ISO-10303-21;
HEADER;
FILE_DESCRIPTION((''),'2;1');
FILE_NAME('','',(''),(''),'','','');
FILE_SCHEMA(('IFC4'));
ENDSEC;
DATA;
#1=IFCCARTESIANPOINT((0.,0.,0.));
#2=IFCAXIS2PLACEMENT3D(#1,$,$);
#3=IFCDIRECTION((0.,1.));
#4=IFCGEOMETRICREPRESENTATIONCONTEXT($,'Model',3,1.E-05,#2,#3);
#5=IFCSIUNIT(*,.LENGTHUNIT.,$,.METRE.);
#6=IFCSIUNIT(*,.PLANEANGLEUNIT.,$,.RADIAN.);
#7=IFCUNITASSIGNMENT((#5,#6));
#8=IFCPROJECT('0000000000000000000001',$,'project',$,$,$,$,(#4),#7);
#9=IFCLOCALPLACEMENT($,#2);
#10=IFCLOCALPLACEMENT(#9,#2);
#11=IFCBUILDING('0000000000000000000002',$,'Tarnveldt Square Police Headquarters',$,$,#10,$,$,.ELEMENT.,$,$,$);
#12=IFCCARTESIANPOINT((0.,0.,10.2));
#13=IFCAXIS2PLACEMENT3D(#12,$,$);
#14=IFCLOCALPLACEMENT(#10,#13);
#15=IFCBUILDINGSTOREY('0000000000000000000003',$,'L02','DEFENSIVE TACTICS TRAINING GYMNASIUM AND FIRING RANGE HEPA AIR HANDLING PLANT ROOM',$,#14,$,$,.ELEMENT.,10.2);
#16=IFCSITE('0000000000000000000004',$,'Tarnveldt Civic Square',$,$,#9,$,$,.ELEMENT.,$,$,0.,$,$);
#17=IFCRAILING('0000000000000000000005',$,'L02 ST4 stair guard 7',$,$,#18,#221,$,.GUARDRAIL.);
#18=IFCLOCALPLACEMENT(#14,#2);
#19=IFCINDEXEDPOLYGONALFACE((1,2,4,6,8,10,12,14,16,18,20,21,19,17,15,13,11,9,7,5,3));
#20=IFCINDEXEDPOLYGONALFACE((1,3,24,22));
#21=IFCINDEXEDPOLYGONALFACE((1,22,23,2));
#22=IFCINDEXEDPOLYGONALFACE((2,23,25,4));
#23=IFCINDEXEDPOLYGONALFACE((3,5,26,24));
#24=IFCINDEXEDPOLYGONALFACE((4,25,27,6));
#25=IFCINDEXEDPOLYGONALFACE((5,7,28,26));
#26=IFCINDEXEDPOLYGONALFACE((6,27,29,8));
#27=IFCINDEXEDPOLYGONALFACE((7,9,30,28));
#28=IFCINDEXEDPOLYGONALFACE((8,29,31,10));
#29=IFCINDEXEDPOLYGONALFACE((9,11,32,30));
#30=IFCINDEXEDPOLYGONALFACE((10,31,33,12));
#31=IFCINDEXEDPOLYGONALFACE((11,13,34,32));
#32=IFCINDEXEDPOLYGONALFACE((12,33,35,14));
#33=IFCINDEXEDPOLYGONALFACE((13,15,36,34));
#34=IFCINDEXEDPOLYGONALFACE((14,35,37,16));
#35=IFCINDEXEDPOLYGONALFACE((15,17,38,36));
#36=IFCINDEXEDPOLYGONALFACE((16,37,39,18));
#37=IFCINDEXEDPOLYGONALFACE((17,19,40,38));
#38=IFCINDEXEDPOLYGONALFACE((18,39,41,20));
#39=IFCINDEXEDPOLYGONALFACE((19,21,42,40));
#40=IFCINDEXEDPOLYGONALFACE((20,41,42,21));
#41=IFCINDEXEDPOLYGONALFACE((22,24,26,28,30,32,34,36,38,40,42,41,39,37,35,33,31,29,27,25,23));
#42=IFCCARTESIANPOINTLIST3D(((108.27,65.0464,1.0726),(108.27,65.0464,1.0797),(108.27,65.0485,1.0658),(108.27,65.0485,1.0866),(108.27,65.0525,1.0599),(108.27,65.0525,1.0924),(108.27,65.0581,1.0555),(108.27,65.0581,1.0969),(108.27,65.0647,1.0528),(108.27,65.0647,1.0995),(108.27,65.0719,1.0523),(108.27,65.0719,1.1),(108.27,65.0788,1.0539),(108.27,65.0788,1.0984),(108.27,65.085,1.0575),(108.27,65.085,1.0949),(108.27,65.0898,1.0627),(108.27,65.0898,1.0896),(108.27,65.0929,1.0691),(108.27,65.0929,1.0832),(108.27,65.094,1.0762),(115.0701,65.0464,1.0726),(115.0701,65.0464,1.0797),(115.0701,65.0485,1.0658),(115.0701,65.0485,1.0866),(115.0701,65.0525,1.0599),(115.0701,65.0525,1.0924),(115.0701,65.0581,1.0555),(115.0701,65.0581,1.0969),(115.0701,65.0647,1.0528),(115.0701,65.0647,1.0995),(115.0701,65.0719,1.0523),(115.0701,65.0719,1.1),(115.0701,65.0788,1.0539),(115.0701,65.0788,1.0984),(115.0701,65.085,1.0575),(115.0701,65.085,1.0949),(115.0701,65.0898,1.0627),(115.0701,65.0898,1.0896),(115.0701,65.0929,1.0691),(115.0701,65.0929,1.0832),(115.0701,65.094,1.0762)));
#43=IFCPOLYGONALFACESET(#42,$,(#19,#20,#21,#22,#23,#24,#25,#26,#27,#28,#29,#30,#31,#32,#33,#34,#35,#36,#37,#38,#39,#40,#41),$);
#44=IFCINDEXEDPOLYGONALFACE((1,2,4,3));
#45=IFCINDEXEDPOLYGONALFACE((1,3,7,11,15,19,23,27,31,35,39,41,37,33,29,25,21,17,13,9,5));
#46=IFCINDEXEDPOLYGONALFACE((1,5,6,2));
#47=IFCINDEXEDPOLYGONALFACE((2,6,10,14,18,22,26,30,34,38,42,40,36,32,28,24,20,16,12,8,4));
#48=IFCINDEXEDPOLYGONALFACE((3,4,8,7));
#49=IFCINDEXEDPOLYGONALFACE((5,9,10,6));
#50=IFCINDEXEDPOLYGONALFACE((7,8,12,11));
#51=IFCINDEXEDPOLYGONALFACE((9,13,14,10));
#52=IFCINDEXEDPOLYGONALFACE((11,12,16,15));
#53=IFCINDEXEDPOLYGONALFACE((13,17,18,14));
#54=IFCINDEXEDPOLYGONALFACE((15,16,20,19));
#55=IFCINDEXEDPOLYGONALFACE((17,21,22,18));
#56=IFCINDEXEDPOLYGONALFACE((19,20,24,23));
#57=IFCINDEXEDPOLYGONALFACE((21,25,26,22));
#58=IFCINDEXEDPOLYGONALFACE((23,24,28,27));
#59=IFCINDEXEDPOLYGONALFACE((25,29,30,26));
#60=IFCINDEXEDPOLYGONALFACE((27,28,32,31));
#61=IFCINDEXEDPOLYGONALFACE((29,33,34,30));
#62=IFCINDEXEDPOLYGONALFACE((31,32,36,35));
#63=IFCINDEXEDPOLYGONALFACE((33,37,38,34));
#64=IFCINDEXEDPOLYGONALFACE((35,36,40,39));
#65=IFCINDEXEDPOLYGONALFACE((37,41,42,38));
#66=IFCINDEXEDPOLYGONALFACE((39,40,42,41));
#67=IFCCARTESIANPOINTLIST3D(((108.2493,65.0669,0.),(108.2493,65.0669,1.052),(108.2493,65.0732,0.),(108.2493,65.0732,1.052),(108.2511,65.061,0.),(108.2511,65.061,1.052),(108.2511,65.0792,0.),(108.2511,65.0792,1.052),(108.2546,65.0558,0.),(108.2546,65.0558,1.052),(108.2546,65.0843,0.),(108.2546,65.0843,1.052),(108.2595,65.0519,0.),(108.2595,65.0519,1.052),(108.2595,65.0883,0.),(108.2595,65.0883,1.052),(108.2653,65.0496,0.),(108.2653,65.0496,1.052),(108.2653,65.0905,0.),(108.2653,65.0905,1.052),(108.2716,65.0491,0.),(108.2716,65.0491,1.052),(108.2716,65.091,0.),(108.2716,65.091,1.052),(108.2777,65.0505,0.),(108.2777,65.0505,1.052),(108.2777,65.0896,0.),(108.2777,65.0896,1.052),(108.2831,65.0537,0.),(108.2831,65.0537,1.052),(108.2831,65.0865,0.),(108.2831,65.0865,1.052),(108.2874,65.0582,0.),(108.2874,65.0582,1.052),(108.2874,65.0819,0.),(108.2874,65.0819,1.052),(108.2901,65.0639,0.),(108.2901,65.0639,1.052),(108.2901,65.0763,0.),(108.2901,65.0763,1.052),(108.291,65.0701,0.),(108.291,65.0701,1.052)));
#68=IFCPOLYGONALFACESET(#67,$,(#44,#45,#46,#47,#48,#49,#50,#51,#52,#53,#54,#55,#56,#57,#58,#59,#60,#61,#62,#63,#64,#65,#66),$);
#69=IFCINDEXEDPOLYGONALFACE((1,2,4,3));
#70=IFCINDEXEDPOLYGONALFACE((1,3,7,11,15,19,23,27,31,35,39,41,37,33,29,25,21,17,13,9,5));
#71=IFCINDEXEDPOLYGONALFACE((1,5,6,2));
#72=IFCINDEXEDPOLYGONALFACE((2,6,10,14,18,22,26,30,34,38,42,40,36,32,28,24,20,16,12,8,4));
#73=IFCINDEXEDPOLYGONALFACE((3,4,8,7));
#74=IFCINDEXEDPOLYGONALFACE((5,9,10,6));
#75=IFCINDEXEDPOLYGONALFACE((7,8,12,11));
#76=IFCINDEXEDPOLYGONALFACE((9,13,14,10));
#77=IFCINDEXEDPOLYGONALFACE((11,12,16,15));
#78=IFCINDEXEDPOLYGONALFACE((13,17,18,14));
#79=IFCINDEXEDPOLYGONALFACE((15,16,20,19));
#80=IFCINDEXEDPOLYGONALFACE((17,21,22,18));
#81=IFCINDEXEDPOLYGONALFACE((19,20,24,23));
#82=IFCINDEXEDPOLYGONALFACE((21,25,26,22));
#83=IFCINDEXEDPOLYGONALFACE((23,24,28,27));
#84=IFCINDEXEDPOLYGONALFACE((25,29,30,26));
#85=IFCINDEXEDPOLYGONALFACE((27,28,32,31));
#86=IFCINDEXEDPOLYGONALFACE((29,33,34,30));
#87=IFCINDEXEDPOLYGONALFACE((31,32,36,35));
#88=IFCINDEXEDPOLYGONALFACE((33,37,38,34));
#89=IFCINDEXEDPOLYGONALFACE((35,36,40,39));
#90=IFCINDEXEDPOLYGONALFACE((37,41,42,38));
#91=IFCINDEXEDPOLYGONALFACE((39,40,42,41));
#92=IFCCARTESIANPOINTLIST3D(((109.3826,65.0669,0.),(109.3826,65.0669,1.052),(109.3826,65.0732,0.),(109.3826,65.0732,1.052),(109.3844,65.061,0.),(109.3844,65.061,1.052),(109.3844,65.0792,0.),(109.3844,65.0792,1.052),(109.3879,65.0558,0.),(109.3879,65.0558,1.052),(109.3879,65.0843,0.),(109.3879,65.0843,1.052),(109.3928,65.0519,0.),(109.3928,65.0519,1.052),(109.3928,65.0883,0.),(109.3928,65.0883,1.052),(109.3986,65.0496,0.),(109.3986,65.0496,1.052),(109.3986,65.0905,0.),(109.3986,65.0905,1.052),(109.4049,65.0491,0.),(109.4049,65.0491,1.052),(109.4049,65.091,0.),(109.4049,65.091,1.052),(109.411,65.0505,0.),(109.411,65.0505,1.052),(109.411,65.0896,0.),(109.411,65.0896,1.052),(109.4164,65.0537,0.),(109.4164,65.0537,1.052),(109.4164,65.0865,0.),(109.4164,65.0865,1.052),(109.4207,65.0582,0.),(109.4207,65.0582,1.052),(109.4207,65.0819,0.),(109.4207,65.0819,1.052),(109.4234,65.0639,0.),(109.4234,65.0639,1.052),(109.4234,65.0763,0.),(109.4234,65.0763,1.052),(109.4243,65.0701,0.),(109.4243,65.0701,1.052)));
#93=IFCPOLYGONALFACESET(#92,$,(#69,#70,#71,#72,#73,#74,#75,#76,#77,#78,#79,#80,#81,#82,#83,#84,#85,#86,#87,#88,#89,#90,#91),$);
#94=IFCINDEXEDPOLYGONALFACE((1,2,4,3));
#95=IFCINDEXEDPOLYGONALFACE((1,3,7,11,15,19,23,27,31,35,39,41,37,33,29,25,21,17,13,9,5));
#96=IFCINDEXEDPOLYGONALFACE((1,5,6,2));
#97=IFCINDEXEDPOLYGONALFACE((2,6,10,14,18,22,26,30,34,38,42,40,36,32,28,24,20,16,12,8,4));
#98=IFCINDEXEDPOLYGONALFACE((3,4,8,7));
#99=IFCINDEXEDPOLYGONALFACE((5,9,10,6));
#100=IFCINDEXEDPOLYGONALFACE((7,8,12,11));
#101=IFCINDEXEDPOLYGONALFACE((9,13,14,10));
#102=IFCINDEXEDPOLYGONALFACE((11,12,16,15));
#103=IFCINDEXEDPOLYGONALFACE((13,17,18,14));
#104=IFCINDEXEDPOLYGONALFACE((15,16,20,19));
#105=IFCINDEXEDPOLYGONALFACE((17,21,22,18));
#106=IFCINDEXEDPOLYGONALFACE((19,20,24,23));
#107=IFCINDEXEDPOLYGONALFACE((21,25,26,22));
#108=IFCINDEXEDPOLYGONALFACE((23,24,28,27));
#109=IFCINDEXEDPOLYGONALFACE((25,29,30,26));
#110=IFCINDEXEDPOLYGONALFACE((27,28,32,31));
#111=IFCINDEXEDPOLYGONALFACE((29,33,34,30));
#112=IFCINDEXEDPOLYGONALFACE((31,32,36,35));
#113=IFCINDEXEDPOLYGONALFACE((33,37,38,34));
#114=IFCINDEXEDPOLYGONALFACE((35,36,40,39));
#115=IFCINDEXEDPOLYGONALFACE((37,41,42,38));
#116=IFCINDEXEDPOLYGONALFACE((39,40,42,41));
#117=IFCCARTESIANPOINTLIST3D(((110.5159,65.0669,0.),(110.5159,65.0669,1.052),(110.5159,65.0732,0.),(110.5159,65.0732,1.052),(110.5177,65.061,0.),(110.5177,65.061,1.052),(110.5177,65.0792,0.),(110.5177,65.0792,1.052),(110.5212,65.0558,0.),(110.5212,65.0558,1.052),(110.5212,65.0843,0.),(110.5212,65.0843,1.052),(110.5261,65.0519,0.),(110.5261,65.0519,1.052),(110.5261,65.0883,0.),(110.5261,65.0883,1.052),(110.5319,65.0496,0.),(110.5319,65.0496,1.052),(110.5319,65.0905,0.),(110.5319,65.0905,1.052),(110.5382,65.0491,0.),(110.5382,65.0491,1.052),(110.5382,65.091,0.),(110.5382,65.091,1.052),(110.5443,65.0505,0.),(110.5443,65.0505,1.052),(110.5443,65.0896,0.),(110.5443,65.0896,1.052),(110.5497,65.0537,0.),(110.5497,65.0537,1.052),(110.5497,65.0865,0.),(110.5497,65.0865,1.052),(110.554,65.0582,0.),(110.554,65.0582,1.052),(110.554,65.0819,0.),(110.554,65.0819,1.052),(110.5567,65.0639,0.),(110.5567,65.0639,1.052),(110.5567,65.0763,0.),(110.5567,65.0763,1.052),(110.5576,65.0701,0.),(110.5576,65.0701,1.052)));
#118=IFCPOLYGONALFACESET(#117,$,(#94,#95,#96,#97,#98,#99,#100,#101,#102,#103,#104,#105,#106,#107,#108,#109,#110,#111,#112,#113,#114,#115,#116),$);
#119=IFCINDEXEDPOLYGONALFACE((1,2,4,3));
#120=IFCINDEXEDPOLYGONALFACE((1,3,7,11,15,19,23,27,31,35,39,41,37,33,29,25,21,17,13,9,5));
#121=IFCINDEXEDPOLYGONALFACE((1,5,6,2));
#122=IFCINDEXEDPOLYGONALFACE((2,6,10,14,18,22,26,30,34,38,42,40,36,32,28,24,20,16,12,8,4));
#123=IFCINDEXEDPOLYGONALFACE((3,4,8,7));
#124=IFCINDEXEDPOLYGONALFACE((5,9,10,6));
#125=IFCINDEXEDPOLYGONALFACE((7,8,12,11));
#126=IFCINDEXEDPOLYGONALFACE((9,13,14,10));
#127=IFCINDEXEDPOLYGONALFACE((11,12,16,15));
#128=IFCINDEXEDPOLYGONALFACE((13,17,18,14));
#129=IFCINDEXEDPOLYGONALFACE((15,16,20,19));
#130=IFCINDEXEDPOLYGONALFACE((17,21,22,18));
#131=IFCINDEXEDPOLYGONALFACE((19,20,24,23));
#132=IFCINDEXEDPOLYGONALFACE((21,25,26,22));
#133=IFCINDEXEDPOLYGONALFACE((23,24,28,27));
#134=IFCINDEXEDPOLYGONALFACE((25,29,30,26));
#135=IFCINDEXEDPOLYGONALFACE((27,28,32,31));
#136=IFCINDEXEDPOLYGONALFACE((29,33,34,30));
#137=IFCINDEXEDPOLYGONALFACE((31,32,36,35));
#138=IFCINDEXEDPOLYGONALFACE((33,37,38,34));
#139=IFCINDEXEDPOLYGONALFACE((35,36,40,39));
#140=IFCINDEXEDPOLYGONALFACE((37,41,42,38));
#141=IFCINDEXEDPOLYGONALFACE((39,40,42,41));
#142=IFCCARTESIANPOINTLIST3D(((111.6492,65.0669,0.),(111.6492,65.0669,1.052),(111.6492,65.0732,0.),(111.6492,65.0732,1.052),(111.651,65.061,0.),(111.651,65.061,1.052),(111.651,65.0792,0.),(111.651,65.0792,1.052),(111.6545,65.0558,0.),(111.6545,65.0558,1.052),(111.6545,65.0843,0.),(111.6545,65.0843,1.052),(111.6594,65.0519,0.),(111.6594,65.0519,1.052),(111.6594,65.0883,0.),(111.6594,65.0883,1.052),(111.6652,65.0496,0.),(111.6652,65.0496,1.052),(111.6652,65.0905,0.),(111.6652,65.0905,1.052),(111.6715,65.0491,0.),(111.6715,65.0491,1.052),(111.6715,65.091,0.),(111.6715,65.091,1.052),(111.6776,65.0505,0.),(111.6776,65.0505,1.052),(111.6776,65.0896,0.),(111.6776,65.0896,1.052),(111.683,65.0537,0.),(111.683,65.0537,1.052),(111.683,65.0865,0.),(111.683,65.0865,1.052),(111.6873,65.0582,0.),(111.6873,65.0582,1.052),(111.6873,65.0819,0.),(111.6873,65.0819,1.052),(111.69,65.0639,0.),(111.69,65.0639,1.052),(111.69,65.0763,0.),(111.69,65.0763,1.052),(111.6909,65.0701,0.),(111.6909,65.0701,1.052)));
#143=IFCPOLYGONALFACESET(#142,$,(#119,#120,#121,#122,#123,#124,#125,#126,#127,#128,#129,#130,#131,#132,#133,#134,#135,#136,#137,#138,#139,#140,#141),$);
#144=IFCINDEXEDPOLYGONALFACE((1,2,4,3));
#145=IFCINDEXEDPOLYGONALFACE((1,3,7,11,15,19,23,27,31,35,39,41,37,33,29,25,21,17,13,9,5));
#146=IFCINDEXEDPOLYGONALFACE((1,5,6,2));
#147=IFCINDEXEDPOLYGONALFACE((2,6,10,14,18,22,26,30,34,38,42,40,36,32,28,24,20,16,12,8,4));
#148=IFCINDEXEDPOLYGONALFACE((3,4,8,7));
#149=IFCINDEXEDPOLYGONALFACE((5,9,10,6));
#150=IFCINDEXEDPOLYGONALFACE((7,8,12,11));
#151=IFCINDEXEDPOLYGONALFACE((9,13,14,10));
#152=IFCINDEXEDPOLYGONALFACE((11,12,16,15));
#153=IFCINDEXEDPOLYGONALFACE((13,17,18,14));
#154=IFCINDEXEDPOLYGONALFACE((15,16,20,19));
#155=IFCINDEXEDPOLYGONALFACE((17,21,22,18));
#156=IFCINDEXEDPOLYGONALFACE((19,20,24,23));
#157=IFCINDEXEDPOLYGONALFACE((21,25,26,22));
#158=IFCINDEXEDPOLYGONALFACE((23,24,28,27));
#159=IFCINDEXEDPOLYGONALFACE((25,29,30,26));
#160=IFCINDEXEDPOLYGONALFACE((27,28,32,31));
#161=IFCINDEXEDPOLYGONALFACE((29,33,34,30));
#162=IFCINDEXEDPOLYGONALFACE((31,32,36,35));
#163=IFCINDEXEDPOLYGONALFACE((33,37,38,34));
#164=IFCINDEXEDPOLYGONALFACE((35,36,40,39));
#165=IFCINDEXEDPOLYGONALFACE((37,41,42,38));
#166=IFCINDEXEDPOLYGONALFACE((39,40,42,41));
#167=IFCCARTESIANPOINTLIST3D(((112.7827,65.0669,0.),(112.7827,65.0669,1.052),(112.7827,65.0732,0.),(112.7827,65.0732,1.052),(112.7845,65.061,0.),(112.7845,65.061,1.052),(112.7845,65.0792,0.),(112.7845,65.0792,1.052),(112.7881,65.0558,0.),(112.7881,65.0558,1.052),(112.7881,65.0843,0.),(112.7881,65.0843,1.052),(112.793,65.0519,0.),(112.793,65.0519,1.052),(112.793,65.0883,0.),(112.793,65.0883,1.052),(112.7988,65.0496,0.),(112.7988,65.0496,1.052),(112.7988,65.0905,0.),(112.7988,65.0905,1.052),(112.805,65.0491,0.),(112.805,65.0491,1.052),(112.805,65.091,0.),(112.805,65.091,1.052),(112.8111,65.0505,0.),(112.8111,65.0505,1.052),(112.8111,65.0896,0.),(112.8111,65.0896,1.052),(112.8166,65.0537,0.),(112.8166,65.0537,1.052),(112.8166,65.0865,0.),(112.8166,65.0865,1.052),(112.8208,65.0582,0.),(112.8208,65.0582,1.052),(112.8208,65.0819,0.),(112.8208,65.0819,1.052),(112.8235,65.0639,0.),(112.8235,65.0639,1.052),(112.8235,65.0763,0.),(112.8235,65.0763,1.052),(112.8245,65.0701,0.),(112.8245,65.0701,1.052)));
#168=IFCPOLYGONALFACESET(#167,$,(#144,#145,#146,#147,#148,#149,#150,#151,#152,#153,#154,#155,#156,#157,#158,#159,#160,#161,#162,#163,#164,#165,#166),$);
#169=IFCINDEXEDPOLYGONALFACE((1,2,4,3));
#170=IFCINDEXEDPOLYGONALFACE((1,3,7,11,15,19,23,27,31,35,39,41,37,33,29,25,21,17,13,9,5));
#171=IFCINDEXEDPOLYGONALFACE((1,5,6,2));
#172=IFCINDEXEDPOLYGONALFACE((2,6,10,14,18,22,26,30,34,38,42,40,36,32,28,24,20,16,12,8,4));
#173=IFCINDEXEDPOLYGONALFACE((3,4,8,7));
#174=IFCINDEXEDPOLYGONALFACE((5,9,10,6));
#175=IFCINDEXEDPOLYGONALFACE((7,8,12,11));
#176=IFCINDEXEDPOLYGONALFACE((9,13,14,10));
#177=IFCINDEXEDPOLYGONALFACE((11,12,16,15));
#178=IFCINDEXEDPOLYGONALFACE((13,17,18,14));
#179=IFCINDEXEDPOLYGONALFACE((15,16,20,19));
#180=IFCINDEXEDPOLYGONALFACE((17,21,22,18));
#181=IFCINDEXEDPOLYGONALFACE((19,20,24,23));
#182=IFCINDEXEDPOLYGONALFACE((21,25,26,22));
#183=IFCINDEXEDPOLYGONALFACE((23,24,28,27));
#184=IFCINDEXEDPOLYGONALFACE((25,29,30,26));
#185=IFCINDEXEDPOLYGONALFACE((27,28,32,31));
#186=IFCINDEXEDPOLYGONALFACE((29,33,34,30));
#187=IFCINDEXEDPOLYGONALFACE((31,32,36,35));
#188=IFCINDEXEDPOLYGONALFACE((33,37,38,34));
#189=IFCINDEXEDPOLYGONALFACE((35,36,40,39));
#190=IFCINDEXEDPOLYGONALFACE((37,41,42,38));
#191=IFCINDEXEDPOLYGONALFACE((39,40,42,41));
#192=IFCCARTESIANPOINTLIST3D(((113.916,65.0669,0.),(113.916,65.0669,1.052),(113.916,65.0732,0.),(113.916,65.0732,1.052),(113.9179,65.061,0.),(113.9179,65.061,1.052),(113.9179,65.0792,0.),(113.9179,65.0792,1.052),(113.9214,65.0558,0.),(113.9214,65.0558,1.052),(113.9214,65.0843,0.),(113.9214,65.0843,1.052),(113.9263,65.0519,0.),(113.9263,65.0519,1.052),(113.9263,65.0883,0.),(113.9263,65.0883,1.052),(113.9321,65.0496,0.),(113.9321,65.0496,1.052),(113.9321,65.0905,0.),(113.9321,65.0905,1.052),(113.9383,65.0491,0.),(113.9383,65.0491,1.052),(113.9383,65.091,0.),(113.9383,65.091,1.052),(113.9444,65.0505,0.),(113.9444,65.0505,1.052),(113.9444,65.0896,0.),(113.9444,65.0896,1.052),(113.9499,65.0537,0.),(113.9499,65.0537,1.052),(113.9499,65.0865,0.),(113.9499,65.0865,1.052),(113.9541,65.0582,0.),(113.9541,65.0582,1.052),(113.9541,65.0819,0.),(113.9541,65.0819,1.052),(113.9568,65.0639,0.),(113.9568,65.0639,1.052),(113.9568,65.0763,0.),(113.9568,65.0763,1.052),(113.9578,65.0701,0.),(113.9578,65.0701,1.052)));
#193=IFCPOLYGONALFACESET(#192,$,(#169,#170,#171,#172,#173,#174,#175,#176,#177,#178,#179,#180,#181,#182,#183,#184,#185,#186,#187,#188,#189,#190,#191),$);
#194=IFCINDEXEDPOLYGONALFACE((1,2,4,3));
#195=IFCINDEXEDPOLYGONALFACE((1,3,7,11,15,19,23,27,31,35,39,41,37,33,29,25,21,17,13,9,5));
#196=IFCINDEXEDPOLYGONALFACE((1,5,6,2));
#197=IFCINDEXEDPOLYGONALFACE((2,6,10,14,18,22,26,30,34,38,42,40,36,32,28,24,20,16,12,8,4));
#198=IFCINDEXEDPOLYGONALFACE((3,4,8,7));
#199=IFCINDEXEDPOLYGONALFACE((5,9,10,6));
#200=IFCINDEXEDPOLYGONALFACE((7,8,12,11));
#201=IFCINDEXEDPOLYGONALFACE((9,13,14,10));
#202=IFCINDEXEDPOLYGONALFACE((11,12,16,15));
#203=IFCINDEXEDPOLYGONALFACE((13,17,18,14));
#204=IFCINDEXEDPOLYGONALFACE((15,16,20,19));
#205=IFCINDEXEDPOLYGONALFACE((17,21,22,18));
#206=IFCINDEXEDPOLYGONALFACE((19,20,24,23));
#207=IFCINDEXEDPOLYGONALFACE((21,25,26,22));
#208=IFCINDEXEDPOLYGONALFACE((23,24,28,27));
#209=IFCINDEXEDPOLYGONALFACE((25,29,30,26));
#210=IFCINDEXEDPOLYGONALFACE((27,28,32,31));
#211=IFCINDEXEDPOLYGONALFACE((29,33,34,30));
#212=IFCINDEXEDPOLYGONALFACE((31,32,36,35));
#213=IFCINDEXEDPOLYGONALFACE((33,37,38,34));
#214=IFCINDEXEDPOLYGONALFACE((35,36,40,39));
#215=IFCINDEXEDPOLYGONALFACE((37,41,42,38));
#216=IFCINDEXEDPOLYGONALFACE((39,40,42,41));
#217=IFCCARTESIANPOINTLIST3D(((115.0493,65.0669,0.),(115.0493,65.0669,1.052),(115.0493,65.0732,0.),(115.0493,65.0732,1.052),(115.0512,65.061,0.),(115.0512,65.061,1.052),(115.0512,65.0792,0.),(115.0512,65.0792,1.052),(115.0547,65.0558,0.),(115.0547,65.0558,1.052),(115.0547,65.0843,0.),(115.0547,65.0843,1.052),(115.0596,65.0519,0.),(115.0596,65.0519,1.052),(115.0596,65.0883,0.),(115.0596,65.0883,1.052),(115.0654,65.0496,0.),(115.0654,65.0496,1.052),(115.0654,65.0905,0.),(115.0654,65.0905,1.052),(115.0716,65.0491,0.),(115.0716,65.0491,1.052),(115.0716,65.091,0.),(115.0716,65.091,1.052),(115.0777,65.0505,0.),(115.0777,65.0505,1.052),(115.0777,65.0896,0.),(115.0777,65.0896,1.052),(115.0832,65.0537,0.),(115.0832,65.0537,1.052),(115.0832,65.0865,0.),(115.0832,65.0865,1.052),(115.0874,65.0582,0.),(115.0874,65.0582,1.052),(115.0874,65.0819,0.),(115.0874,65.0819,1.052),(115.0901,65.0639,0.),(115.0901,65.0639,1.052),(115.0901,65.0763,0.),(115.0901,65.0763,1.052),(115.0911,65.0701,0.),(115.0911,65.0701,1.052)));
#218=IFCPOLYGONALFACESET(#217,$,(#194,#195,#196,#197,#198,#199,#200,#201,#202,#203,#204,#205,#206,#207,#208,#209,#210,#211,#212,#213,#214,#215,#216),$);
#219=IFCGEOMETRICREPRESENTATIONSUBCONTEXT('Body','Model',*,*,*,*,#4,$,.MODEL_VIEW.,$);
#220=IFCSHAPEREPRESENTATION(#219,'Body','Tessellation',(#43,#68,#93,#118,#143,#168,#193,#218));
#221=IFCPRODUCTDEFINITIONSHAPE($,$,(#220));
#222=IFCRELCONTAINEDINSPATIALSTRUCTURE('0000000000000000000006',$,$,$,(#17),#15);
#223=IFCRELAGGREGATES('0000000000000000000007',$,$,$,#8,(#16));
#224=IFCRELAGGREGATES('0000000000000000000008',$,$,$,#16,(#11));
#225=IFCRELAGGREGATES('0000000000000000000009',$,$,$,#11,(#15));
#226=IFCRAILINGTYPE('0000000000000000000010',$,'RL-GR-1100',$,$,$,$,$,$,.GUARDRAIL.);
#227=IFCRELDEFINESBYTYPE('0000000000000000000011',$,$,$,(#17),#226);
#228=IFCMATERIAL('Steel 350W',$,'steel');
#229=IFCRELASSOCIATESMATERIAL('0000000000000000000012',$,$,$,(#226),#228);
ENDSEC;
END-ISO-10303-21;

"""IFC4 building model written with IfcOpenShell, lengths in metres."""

from ifc_helpers import new_model, si_unit, direction, frame, origin, origin_2d, place, context, subcontext, project, spatial, circle, extrude, material, type_object, element, save


model = new_model("IFC4")

# Units and contexts
model_context = context("Model", 3, precision=1e-05, world=origin(), true_north=direction((0.0, 1.0)))
body_context = subcontext(model_context, "Body", "Model", "MODEL_VIEW")
ifc_project = project(units=[si_unit("LENGTHUNIT", "METRE"), si_unit("PLANEANGLEUNIT", "RADIAN")], contexts=[model_context])

# Site, building, storey
site_placement = place(None, origin())
site = spatial("IfcSite", under=ifc_project, at=site_placement, Name="Tarnveldt Civic Square", CompositionType="ELEMENT", RefElevation=0.0)
building_placement = place(site_placement, origin())
building = spatial("IfcBuilding", under=site, at=building_placement, Name="Tarnveldt Square Police Headquarters", CompositionType="ELEMENT")
storey_placement = place(building_placement, frame((0.0, 0.0, 10.2)))
storey = spatial("IfcBuildingStorey", under=building, at=storey_placement, Name="L02", Description="DEFENSIVE TACTICS TRAINING GYMNASIUM AND FIRING RANGE HEPA AIR HANDLING PLANT ROOM", CompositionType="ELEMENT", Elevation=10.2)

# Shared definitions
ifc_material_1 = material(Name="Steel 350W", Category="steel")

# Railing
railing_type_1 = type_object("IfcRailingType", Name="RL-GR-1100", PredefinedType="GUARDRAIL", material=ifc_material_1)
railing_1_placement = place(storey_placement, frame((108.27, 65.0701, 0.0)))
element("IfcRailing", 1, at=railing_1_placement, inside=storey, type_object=railing_type_1, Name="L02 ST4 stair guard 7", PredefinedType="GUARDRAIL", context=body_context, shape_type="SweptSolid", body=[
    extrude(circle(Radius=0.0239, at=origin_2d()), frame((0.0, 0.0, 1.0762), z_axis=(1.0, 0.0, 0.0), x_axis=(0.0, 1.0, 0.0)), (0.0, 0.0, 1.0), 6.8),
    extrude(circle(Radius=0.021, at=origin_2d()), origin(), (0.0, 0.0, 1.0), 1.052),
    extrude(circle(Radius=0.021, at=origin_2d()), frame((1.1333, 0.0, 0.0)), (0.0, 0.0, 1.0), 1.052),
    extrude(circle(Radius=0.021, at=origin_2d()), frame((2.2666, 0.0, 0.0)), (0.0, 0.0, 1.0), 1.052),
    extrude(circle(Radius=0.021, at=origin_2d()), frame((3.3999, 0.0, 0.0)), (0.0, 0.0, 1.0), 1.052),
    extrude(circle(Radius=0.021, at=origin_2d()), frame((4.5334, 0.0, 0.0)), (0.0, 0.0, 1.0), 1.052),
    extrude(circle(Radius=0.021, at=origin_2d()), frame((5.6667, 0.0, 0.0)), (0.0, 0.0, 1.0), 1.052),
    extrude(circle(Radius=0.021, at=origin_2d()), frame((6.8, 0.0, 0.0)), (0.0, 0.0, 1.0), 1.052),
])

save(model, "model.ifc")
